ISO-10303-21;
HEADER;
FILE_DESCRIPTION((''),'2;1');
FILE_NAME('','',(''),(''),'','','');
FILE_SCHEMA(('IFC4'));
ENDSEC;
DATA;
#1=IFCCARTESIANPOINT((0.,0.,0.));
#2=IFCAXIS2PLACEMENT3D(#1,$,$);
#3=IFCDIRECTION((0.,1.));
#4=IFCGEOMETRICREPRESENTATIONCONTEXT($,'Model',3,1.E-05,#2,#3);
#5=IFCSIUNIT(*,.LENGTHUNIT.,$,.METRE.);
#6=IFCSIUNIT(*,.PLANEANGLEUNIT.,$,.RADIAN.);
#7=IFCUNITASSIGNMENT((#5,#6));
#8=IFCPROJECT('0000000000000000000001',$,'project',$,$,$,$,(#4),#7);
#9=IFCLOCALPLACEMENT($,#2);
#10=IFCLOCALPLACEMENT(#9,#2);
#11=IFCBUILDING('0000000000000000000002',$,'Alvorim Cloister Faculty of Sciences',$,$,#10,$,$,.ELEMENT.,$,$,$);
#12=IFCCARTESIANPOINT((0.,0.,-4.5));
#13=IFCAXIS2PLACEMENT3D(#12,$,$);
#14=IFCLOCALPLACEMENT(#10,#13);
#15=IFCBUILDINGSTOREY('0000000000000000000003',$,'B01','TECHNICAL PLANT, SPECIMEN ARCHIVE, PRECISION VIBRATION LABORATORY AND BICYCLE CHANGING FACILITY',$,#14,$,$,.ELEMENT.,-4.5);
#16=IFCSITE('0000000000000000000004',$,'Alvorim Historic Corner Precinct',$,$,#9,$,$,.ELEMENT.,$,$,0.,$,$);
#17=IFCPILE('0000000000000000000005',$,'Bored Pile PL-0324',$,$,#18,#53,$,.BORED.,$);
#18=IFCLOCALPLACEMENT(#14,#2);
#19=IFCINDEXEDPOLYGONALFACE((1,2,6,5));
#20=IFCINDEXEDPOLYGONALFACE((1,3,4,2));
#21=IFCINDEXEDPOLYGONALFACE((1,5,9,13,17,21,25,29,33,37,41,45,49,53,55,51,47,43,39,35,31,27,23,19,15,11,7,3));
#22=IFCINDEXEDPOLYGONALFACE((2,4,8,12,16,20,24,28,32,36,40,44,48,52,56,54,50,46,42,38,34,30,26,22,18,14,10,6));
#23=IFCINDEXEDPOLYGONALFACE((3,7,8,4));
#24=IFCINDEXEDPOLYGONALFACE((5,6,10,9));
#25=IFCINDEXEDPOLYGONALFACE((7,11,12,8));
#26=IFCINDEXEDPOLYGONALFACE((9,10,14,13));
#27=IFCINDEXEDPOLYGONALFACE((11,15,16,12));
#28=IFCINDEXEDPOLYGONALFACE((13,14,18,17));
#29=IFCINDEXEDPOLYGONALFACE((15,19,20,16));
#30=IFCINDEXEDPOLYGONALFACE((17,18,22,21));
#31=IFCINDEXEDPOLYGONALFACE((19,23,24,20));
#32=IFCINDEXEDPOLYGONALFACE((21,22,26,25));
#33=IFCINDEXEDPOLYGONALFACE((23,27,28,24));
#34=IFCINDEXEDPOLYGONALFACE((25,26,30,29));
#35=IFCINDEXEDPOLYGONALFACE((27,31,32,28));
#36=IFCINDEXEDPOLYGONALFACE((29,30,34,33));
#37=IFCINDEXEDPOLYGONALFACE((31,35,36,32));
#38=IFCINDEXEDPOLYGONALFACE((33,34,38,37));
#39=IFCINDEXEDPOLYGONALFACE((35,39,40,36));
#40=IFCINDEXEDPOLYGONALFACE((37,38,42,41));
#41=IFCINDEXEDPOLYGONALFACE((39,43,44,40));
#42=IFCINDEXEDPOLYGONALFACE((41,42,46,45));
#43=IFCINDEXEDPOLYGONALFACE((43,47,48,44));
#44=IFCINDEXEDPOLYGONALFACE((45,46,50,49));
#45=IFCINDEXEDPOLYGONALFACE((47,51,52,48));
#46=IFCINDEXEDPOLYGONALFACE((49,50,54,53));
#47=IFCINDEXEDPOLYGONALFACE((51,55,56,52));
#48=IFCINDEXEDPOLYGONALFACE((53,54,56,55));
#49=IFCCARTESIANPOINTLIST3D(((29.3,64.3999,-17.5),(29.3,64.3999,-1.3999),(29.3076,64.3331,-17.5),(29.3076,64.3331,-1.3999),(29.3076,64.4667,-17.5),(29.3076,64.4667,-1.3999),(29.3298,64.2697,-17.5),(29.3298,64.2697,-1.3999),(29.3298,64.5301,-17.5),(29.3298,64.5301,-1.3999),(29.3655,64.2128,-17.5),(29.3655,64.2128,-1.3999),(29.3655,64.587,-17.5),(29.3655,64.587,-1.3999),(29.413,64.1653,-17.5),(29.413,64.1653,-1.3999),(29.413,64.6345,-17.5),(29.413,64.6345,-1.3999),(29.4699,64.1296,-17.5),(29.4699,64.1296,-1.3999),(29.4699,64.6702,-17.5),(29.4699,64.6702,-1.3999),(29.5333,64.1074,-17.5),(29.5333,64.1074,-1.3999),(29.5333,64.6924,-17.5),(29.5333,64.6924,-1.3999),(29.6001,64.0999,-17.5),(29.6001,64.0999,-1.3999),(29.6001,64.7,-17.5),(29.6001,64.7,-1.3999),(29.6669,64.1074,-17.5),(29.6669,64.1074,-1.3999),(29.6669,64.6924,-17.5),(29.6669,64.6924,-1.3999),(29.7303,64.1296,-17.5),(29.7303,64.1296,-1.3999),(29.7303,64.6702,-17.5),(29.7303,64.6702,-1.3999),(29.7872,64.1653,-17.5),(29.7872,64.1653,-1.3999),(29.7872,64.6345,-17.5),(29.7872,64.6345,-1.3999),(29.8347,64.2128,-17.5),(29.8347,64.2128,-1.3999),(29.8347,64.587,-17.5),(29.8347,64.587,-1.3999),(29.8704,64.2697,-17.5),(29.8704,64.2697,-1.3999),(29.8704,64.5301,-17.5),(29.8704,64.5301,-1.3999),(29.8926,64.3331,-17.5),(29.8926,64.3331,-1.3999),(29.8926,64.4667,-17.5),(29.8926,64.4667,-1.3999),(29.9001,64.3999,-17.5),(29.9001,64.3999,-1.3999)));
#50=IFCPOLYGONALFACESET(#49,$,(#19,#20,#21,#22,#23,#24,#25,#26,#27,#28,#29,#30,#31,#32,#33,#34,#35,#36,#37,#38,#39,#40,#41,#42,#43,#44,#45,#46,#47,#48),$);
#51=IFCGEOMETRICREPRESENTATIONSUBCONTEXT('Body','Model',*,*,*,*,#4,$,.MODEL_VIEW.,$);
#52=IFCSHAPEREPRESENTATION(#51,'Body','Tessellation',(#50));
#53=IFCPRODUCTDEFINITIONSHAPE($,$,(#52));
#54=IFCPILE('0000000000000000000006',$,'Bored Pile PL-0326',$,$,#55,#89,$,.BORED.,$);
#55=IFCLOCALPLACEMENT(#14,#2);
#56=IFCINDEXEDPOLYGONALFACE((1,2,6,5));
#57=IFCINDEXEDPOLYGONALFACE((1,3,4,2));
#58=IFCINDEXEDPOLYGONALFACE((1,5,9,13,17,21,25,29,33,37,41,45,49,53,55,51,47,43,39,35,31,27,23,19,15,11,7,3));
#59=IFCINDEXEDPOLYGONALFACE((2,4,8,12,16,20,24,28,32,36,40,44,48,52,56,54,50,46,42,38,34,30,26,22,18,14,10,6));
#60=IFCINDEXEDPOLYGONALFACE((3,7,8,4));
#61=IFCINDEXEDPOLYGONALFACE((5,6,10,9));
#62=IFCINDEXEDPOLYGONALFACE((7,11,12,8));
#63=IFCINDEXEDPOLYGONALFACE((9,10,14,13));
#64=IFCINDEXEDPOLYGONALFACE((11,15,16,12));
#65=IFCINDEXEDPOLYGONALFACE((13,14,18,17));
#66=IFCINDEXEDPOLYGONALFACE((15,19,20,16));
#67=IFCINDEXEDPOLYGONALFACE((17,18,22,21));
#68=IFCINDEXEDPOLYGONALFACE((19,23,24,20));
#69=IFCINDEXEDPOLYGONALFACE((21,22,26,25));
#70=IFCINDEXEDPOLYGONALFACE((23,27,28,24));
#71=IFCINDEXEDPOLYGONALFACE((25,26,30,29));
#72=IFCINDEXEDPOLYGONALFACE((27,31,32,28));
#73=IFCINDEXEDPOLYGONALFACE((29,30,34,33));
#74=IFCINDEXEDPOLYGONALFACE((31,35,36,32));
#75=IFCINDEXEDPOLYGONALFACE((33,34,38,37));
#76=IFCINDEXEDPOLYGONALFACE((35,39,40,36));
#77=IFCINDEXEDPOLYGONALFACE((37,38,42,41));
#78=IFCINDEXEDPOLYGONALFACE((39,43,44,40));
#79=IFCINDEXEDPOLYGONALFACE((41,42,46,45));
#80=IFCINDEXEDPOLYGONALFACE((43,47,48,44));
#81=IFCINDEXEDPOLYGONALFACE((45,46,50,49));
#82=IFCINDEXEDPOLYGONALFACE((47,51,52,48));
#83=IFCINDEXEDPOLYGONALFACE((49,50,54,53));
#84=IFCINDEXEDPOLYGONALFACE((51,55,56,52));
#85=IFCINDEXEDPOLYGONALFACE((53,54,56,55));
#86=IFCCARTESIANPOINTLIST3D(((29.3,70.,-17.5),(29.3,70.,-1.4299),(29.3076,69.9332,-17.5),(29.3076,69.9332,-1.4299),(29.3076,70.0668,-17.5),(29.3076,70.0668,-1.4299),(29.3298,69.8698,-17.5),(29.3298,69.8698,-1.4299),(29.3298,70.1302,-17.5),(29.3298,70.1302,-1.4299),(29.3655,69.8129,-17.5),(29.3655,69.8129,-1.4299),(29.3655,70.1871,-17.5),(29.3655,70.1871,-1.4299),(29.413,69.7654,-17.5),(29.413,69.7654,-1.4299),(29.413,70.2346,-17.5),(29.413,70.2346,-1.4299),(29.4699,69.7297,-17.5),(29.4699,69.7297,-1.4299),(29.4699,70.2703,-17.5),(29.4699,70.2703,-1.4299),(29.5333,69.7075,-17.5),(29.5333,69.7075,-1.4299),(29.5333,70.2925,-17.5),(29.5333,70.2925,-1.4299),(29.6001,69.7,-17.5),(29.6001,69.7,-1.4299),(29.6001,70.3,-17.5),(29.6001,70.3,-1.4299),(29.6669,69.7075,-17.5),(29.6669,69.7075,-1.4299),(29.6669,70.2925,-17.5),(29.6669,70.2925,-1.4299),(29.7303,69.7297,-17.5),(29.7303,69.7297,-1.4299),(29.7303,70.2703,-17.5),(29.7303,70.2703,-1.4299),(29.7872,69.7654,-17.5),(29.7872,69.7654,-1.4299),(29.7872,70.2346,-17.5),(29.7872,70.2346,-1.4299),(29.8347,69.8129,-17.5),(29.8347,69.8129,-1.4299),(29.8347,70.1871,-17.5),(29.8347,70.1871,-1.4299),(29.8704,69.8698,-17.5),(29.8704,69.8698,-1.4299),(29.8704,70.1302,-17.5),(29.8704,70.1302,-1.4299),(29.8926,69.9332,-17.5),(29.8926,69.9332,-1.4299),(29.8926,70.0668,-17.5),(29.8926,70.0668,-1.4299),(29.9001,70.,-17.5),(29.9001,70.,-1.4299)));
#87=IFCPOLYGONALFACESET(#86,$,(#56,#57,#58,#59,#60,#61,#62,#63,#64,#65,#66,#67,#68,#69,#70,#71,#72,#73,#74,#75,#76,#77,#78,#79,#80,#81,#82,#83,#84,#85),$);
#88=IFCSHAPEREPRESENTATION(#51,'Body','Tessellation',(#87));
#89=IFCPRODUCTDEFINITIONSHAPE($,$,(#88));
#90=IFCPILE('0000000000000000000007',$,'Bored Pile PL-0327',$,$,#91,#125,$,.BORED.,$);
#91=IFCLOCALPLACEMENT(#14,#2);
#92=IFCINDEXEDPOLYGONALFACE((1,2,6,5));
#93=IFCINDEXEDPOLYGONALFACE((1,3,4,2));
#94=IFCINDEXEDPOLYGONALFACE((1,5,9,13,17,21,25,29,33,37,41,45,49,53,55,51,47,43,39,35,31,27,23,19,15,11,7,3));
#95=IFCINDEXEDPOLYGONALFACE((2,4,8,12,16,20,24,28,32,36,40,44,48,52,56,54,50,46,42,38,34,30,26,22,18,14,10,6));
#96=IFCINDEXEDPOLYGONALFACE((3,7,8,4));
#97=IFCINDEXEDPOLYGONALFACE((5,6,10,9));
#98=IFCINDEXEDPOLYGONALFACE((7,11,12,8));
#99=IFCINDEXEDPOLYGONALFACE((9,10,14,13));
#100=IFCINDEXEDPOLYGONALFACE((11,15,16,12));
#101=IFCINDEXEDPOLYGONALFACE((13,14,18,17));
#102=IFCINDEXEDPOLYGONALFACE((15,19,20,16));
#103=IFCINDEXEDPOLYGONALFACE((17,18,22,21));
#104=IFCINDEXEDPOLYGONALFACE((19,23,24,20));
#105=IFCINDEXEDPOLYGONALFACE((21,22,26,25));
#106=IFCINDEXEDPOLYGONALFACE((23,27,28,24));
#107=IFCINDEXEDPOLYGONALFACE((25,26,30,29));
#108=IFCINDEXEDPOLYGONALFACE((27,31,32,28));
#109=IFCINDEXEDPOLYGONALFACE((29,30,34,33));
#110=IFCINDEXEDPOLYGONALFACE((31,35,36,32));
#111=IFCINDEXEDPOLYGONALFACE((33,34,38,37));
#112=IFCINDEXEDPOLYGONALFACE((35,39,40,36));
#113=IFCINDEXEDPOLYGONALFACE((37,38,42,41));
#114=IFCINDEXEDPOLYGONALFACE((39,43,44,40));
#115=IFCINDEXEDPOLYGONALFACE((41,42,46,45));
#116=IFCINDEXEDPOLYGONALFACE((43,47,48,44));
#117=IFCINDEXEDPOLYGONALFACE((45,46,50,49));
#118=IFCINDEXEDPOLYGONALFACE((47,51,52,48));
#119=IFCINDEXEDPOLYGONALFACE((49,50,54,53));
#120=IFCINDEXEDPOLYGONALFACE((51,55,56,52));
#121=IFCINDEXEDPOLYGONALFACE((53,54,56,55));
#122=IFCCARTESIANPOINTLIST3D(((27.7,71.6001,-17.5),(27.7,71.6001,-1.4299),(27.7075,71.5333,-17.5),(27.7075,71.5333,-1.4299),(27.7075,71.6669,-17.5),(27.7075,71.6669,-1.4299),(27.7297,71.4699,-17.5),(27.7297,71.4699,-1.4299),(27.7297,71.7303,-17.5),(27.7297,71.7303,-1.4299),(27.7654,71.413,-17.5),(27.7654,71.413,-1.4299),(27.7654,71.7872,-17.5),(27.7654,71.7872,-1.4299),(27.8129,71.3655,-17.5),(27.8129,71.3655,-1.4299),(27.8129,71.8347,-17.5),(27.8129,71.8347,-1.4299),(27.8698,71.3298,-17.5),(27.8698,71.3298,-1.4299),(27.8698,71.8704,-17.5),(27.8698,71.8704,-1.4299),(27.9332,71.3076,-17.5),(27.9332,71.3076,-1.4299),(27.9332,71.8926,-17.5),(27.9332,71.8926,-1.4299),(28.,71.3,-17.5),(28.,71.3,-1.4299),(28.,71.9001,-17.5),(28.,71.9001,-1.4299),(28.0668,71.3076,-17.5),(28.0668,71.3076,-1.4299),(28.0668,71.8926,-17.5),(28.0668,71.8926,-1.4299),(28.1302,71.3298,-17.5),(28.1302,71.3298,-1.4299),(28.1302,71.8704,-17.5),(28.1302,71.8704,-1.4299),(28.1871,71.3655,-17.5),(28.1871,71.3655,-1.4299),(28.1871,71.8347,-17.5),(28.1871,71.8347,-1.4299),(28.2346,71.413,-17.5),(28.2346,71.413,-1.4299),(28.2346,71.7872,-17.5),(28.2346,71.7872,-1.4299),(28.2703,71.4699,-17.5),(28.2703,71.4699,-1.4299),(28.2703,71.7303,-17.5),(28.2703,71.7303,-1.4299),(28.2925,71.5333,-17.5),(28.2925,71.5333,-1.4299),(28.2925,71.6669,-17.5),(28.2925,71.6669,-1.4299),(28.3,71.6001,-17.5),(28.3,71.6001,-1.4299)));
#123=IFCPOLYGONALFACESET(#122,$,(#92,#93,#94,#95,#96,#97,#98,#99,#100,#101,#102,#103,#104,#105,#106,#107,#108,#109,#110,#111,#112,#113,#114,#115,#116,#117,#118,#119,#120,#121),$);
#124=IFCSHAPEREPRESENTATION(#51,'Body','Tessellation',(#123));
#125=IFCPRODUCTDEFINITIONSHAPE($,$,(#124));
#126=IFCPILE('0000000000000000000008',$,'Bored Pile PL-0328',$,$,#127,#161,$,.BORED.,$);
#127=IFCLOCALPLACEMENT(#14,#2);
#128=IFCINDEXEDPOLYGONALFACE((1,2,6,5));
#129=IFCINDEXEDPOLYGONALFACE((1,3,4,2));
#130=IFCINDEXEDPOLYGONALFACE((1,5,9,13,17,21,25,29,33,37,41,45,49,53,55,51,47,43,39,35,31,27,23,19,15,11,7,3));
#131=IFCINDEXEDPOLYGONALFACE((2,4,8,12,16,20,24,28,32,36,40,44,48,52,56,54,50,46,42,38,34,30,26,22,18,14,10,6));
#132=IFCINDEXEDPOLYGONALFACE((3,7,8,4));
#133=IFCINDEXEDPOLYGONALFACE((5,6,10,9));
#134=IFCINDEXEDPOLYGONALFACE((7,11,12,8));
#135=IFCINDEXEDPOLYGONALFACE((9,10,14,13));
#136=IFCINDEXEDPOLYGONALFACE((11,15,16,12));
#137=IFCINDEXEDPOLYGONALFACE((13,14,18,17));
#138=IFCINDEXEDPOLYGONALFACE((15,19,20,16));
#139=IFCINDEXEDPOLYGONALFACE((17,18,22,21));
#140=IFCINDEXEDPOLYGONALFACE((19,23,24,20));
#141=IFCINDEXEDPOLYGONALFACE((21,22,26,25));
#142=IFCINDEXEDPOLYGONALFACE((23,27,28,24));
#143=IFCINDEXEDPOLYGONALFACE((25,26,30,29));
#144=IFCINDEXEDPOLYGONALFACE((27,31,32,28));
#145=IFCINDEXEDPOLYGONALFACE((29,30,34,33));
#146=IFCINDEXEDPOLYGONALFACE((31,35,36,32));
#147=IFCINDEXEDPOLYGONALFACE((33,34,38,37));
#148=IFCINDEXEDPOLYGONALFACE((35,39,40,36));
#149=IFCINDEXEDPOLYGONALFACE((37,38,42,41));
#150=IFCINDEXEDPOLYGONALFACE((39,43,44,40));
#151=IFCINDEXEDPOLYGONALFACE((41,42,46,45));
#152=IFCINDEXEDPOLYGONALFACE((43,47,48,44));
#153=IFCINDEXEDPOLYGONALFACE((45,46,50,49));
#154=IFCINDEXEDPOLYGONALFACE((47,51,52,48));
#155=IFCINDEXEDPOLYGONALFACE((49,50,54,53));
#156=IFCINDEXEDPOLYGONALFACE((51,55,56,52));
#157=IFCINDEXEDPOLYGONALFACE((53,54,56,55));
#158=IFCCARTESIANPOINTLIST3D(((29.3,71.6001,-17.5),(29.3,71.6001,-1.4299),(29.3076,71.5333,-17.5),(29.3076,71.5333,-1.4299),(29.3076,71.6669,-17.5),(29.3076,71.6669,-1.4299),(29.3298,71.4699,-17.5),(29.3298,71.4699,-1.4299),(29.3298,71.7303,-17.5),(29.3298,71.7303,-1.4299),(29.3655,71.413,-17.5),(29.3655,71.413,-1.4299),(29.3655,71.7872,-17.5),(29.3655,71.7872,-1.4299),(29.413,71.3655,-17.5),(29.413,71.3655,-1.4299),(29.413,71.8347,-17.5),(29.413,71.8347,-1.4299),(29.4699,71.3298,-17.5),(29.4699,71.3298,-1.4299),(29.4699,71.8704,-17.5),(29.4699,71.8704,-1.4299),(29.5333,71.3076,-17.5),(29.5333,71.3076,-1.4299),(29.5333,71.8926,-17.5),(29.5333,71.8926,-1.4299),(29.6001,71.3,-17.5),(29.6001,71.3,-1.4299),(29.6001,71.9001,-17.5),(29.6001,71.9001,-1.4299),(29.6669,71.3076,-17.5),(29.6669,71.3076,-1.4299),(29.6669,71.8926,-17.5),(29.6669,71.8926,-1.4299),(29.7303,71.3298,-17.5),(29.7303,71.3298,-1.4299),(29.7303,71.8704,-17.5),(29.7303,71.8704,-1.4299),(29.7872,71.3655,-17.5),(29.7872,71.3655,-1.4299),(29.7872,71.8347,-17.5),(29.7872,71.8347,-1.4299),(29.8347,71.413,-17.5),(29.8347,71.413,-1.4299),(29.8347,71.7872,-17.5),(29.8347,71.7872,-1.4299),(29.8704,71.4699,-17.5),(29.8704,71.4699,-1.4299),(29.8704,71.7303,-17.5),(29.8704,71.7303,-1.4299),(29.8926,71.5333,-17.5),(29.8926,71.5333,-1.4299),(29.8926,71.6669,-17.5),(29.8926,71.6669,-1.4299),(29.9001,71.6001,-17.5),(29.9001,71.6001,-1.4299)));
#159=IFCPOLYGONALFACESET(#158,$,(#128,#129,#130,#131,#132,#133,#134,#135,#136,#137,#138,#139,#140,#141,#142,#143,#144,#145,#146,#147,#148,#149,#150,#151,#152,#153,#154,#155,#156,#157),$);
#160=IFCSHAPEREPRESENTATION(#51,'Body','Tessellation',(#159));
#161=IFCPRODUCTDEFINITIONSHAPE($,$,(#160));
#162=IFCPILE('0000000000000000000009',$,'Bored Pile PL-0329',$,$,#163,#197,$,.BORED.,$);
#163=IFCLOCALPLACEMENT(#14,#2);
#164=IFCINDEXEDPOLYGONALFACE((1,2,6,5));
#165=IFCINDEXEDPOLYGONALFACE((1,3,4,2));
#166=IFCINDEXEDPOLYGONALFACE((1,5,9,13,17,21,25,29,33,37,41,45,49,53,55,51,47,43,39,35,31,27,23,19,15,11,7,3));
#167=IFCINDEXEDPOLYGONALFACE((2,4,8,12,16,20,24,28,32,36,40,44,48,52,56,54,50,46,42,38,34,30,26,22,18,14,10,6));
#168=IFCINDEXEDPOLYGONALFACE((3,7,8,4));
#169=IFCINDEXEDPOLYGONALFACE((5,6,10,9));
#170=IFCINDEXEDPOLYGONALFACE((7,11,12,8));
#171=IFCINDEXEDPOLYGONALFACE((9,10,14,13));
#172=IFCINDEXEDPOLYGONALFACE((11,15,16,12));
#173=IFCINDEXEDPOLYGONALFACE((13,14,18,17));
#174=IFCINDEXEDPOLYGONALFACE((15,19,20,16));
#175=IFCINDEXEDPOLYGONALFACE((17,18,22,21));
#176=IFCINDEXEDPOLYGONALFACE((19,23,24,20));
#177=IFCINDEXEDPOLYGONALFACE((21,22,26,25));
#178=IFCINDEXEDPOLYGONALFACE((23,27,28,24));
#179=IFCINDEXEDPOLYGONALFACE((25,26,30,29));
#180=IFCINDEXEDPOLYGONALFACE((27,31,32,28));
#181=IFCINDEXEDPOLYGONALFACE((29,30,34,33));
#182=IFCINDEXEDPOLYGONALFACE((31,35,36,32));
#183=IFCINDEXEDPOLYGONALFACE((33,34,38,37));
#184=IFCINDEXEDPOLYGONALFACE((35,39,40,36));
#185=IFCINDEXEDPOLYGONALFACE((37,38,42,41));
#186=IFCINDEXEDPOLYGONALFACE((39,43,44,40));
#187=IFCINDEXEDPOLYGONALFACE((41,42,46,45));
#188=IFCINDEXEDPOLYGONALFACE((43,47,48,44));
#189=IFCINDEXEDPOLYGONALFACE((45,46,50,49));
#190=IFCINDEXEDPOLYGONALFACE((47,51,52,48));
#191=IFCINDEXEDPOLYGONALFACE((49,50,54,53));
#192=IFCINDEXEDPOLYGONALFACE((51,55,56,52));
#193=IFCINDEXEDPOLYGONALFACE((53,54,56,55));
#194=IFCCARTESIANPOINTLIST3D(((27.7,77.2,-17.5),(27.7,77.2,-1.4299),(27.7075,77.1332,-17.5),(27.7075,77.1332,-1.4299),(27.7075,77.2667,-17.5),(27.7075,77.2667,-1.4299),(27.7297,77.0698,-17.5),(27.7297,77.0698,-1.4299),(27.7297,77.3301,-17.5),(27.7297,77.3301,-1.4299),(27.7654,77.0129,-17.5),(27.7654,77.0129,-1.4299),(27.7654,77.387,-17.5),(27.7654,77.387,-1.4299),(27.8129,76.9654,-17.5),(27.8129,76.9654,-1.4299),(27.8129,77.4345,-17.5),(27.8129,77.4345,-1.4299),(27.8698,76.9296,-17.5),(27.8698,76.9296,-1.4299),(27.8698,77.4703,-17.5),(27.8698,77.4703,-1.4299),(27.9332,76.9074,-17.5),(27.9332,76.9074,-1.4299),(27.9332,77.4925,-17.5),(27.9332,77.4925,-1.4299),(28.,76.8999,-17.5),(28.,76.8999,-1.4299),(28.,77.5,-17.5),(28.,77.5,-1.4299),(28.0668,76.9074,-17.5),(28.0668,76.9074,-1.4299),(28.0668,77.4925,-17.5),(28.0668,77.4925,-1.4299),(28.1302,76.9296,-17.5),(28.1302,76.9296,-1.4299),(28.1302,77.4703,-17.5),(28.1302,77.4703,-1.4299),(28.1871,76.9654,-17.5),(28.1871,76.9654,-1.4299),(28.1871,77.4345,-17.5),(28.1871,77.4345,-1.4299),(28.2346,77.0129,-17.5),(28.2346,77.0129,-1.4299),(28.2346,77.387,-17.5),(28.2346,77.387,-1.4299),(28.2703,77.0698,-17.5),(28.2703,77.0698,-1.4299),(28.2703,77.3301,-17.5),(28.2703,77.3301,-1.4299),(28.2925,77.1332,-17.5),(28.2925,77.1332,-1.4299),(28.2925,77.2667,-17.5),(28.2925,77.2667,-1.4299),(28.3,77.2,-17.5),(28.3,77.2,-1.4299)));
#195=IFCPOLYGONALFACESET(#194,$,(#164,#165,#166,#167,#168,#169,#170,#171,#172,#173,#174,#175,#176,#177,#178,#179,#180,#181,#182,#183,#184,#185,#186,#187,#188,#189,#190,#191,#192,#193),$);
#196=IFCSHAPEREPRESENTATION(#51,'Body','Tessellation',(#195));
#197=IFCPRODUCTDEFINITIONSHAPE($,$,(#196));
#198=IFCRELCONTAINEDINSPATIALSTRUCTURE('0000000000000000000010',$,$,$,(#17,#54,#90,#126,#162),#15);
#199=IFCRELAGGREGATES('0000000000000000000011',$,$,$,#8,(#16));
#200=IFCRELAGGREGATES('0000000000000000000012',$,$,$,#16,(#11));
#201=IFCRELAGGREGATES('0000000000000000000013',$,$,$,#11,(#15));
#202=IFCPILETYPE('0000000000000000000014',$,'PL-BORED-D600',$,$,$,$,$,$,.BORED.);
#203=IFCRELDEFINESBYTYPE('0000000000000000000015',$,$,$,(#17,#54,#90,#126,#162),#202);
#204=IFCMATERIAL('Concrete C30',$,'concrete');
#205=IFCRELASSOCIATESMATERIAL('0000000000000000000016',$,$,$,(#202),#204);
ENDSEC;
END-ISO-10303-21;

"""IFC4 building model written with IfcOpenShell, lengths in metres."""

from ifc_helpers import new_model, si_unit, direction, frame, origin, origin_2d, place, context, subcontext, project, spatial, circle, extrude, material, material_profile, profile_set, type_object, element, save


model = new_model("IFC4")

# Units and contexts
model_context = context("Model", 3, precision=1e-05, world=origin(), true_north=direction((0.0, 1.0)))
body_context = subcontext(model_context, "Body", "Model", "MODEL_VIEW")
ifc_project = project(units=[si_unit("LENGTHUNIT", "METRE"), si_unit("PLANEANGLEUNIT", "RADIAN")], contexts=[model_context])

# Site, building, storey
site_placement = place(None, origin())
site = spatial("IfcSite", under=ifc_project, at=site_placement, Name="Alvorim Historic Corner Precinct", CompositionType="ELEMENT", RefElevation=0.0)
building_placement = place(site_placement, origin())
building = spatial("IfcBuilding", under=site, at=building_placement, Name="Alvorim Cloister Faculty of Sciences", CompositionType="ELEMENT")
storey_placement = place(building_placement, frame((0.0, 0.0, -4.5)))
storey = spatial("IfcBuildingStorey", under=building, at=storey_placement, Name="B01", Description="TECHNICAL PLANT, SPECIMEN ARCHIVE, PRECISION VIBRATION LABORATORY AND BICYCLE CHANGING FACILITY", CompositionType="ELEMENT", Elevation=-4.5)

# Piles
ifc_material_1 = material(Name="Concrete C30", Category="concrete")
ifc_material_profile_1 = material_profile(ifc_material_1, circle(Radius=0.3, at=origin_2d()), Name="PILE-D600")
ifc_profile_set_1 = profile_set([ifc_material_profile_1], Name="Concrete C30")
pile_type_1 = type_object("IfcPileType", Name="PL-BORED-D600", PredefinedType="BORED", material=ifc_profile_set_1)
for number, where, z_axis, x_axis, name in (
    (1, (29.6001, 64.3999, -1.3999), (0.0, 0.0, -1.0), (1.0, 0.0, 0.0), "Bored Pile PL-0324"),
):
    element("IfcPile", number, at=place(storey_placement, frame(where, z_axis=z_axis, x_axis=x_axis)), inside=storey, type_object=pile_type_1, Name=name, PredefinedType="BORED", context=body_context, shape_type="SweptSolid", body=[
        extrude(circle(Radius=0.3, at=origin_2d()), origin(), (0.0, 0.0, 1.0), 16.1001),
    ])
for number, where, z_axis, x_axis, name in (
    (2, (29.6001, 70.0, -1.4299), (0.0, 0.0, -1.0), (1.0, 0.0, 0.0), "Bored Pile PL-0326"),
    (3, (28.0, 71.6001, -1.4299), (0.0, 0.0, -1.0), (1.0, 0.0, 0.0), "Bored Pile PL-0327"),
    (4, (29.6001, 71.6001, -1.4299), (0.0, 0.0, -1.0), (1.0, 0.0, 0.0), "Bored Pile PL-0328"),
    (5, (28.0, 77.2, -1.4299), (0.0, 0.0, -1.0), (1.0, 0.0, 0.0), "Bored Pile PL-0329"),
):
    element("IfcPile", number, at=place(storey_placement, frame(where, z_axis=z_axis, x_axis=x_axis)), inside=storey, type_object=pile_type_1, Name=name, PredefinedType="BORED", context=body_context, shape_type="SweptSolid", body=[
        extrude(circle(Radius=0.3, at=origin_2d()), origin(), (0.0, 0.0, 1.0), 16.0701),
    ])

save(model, "model.ifc")
